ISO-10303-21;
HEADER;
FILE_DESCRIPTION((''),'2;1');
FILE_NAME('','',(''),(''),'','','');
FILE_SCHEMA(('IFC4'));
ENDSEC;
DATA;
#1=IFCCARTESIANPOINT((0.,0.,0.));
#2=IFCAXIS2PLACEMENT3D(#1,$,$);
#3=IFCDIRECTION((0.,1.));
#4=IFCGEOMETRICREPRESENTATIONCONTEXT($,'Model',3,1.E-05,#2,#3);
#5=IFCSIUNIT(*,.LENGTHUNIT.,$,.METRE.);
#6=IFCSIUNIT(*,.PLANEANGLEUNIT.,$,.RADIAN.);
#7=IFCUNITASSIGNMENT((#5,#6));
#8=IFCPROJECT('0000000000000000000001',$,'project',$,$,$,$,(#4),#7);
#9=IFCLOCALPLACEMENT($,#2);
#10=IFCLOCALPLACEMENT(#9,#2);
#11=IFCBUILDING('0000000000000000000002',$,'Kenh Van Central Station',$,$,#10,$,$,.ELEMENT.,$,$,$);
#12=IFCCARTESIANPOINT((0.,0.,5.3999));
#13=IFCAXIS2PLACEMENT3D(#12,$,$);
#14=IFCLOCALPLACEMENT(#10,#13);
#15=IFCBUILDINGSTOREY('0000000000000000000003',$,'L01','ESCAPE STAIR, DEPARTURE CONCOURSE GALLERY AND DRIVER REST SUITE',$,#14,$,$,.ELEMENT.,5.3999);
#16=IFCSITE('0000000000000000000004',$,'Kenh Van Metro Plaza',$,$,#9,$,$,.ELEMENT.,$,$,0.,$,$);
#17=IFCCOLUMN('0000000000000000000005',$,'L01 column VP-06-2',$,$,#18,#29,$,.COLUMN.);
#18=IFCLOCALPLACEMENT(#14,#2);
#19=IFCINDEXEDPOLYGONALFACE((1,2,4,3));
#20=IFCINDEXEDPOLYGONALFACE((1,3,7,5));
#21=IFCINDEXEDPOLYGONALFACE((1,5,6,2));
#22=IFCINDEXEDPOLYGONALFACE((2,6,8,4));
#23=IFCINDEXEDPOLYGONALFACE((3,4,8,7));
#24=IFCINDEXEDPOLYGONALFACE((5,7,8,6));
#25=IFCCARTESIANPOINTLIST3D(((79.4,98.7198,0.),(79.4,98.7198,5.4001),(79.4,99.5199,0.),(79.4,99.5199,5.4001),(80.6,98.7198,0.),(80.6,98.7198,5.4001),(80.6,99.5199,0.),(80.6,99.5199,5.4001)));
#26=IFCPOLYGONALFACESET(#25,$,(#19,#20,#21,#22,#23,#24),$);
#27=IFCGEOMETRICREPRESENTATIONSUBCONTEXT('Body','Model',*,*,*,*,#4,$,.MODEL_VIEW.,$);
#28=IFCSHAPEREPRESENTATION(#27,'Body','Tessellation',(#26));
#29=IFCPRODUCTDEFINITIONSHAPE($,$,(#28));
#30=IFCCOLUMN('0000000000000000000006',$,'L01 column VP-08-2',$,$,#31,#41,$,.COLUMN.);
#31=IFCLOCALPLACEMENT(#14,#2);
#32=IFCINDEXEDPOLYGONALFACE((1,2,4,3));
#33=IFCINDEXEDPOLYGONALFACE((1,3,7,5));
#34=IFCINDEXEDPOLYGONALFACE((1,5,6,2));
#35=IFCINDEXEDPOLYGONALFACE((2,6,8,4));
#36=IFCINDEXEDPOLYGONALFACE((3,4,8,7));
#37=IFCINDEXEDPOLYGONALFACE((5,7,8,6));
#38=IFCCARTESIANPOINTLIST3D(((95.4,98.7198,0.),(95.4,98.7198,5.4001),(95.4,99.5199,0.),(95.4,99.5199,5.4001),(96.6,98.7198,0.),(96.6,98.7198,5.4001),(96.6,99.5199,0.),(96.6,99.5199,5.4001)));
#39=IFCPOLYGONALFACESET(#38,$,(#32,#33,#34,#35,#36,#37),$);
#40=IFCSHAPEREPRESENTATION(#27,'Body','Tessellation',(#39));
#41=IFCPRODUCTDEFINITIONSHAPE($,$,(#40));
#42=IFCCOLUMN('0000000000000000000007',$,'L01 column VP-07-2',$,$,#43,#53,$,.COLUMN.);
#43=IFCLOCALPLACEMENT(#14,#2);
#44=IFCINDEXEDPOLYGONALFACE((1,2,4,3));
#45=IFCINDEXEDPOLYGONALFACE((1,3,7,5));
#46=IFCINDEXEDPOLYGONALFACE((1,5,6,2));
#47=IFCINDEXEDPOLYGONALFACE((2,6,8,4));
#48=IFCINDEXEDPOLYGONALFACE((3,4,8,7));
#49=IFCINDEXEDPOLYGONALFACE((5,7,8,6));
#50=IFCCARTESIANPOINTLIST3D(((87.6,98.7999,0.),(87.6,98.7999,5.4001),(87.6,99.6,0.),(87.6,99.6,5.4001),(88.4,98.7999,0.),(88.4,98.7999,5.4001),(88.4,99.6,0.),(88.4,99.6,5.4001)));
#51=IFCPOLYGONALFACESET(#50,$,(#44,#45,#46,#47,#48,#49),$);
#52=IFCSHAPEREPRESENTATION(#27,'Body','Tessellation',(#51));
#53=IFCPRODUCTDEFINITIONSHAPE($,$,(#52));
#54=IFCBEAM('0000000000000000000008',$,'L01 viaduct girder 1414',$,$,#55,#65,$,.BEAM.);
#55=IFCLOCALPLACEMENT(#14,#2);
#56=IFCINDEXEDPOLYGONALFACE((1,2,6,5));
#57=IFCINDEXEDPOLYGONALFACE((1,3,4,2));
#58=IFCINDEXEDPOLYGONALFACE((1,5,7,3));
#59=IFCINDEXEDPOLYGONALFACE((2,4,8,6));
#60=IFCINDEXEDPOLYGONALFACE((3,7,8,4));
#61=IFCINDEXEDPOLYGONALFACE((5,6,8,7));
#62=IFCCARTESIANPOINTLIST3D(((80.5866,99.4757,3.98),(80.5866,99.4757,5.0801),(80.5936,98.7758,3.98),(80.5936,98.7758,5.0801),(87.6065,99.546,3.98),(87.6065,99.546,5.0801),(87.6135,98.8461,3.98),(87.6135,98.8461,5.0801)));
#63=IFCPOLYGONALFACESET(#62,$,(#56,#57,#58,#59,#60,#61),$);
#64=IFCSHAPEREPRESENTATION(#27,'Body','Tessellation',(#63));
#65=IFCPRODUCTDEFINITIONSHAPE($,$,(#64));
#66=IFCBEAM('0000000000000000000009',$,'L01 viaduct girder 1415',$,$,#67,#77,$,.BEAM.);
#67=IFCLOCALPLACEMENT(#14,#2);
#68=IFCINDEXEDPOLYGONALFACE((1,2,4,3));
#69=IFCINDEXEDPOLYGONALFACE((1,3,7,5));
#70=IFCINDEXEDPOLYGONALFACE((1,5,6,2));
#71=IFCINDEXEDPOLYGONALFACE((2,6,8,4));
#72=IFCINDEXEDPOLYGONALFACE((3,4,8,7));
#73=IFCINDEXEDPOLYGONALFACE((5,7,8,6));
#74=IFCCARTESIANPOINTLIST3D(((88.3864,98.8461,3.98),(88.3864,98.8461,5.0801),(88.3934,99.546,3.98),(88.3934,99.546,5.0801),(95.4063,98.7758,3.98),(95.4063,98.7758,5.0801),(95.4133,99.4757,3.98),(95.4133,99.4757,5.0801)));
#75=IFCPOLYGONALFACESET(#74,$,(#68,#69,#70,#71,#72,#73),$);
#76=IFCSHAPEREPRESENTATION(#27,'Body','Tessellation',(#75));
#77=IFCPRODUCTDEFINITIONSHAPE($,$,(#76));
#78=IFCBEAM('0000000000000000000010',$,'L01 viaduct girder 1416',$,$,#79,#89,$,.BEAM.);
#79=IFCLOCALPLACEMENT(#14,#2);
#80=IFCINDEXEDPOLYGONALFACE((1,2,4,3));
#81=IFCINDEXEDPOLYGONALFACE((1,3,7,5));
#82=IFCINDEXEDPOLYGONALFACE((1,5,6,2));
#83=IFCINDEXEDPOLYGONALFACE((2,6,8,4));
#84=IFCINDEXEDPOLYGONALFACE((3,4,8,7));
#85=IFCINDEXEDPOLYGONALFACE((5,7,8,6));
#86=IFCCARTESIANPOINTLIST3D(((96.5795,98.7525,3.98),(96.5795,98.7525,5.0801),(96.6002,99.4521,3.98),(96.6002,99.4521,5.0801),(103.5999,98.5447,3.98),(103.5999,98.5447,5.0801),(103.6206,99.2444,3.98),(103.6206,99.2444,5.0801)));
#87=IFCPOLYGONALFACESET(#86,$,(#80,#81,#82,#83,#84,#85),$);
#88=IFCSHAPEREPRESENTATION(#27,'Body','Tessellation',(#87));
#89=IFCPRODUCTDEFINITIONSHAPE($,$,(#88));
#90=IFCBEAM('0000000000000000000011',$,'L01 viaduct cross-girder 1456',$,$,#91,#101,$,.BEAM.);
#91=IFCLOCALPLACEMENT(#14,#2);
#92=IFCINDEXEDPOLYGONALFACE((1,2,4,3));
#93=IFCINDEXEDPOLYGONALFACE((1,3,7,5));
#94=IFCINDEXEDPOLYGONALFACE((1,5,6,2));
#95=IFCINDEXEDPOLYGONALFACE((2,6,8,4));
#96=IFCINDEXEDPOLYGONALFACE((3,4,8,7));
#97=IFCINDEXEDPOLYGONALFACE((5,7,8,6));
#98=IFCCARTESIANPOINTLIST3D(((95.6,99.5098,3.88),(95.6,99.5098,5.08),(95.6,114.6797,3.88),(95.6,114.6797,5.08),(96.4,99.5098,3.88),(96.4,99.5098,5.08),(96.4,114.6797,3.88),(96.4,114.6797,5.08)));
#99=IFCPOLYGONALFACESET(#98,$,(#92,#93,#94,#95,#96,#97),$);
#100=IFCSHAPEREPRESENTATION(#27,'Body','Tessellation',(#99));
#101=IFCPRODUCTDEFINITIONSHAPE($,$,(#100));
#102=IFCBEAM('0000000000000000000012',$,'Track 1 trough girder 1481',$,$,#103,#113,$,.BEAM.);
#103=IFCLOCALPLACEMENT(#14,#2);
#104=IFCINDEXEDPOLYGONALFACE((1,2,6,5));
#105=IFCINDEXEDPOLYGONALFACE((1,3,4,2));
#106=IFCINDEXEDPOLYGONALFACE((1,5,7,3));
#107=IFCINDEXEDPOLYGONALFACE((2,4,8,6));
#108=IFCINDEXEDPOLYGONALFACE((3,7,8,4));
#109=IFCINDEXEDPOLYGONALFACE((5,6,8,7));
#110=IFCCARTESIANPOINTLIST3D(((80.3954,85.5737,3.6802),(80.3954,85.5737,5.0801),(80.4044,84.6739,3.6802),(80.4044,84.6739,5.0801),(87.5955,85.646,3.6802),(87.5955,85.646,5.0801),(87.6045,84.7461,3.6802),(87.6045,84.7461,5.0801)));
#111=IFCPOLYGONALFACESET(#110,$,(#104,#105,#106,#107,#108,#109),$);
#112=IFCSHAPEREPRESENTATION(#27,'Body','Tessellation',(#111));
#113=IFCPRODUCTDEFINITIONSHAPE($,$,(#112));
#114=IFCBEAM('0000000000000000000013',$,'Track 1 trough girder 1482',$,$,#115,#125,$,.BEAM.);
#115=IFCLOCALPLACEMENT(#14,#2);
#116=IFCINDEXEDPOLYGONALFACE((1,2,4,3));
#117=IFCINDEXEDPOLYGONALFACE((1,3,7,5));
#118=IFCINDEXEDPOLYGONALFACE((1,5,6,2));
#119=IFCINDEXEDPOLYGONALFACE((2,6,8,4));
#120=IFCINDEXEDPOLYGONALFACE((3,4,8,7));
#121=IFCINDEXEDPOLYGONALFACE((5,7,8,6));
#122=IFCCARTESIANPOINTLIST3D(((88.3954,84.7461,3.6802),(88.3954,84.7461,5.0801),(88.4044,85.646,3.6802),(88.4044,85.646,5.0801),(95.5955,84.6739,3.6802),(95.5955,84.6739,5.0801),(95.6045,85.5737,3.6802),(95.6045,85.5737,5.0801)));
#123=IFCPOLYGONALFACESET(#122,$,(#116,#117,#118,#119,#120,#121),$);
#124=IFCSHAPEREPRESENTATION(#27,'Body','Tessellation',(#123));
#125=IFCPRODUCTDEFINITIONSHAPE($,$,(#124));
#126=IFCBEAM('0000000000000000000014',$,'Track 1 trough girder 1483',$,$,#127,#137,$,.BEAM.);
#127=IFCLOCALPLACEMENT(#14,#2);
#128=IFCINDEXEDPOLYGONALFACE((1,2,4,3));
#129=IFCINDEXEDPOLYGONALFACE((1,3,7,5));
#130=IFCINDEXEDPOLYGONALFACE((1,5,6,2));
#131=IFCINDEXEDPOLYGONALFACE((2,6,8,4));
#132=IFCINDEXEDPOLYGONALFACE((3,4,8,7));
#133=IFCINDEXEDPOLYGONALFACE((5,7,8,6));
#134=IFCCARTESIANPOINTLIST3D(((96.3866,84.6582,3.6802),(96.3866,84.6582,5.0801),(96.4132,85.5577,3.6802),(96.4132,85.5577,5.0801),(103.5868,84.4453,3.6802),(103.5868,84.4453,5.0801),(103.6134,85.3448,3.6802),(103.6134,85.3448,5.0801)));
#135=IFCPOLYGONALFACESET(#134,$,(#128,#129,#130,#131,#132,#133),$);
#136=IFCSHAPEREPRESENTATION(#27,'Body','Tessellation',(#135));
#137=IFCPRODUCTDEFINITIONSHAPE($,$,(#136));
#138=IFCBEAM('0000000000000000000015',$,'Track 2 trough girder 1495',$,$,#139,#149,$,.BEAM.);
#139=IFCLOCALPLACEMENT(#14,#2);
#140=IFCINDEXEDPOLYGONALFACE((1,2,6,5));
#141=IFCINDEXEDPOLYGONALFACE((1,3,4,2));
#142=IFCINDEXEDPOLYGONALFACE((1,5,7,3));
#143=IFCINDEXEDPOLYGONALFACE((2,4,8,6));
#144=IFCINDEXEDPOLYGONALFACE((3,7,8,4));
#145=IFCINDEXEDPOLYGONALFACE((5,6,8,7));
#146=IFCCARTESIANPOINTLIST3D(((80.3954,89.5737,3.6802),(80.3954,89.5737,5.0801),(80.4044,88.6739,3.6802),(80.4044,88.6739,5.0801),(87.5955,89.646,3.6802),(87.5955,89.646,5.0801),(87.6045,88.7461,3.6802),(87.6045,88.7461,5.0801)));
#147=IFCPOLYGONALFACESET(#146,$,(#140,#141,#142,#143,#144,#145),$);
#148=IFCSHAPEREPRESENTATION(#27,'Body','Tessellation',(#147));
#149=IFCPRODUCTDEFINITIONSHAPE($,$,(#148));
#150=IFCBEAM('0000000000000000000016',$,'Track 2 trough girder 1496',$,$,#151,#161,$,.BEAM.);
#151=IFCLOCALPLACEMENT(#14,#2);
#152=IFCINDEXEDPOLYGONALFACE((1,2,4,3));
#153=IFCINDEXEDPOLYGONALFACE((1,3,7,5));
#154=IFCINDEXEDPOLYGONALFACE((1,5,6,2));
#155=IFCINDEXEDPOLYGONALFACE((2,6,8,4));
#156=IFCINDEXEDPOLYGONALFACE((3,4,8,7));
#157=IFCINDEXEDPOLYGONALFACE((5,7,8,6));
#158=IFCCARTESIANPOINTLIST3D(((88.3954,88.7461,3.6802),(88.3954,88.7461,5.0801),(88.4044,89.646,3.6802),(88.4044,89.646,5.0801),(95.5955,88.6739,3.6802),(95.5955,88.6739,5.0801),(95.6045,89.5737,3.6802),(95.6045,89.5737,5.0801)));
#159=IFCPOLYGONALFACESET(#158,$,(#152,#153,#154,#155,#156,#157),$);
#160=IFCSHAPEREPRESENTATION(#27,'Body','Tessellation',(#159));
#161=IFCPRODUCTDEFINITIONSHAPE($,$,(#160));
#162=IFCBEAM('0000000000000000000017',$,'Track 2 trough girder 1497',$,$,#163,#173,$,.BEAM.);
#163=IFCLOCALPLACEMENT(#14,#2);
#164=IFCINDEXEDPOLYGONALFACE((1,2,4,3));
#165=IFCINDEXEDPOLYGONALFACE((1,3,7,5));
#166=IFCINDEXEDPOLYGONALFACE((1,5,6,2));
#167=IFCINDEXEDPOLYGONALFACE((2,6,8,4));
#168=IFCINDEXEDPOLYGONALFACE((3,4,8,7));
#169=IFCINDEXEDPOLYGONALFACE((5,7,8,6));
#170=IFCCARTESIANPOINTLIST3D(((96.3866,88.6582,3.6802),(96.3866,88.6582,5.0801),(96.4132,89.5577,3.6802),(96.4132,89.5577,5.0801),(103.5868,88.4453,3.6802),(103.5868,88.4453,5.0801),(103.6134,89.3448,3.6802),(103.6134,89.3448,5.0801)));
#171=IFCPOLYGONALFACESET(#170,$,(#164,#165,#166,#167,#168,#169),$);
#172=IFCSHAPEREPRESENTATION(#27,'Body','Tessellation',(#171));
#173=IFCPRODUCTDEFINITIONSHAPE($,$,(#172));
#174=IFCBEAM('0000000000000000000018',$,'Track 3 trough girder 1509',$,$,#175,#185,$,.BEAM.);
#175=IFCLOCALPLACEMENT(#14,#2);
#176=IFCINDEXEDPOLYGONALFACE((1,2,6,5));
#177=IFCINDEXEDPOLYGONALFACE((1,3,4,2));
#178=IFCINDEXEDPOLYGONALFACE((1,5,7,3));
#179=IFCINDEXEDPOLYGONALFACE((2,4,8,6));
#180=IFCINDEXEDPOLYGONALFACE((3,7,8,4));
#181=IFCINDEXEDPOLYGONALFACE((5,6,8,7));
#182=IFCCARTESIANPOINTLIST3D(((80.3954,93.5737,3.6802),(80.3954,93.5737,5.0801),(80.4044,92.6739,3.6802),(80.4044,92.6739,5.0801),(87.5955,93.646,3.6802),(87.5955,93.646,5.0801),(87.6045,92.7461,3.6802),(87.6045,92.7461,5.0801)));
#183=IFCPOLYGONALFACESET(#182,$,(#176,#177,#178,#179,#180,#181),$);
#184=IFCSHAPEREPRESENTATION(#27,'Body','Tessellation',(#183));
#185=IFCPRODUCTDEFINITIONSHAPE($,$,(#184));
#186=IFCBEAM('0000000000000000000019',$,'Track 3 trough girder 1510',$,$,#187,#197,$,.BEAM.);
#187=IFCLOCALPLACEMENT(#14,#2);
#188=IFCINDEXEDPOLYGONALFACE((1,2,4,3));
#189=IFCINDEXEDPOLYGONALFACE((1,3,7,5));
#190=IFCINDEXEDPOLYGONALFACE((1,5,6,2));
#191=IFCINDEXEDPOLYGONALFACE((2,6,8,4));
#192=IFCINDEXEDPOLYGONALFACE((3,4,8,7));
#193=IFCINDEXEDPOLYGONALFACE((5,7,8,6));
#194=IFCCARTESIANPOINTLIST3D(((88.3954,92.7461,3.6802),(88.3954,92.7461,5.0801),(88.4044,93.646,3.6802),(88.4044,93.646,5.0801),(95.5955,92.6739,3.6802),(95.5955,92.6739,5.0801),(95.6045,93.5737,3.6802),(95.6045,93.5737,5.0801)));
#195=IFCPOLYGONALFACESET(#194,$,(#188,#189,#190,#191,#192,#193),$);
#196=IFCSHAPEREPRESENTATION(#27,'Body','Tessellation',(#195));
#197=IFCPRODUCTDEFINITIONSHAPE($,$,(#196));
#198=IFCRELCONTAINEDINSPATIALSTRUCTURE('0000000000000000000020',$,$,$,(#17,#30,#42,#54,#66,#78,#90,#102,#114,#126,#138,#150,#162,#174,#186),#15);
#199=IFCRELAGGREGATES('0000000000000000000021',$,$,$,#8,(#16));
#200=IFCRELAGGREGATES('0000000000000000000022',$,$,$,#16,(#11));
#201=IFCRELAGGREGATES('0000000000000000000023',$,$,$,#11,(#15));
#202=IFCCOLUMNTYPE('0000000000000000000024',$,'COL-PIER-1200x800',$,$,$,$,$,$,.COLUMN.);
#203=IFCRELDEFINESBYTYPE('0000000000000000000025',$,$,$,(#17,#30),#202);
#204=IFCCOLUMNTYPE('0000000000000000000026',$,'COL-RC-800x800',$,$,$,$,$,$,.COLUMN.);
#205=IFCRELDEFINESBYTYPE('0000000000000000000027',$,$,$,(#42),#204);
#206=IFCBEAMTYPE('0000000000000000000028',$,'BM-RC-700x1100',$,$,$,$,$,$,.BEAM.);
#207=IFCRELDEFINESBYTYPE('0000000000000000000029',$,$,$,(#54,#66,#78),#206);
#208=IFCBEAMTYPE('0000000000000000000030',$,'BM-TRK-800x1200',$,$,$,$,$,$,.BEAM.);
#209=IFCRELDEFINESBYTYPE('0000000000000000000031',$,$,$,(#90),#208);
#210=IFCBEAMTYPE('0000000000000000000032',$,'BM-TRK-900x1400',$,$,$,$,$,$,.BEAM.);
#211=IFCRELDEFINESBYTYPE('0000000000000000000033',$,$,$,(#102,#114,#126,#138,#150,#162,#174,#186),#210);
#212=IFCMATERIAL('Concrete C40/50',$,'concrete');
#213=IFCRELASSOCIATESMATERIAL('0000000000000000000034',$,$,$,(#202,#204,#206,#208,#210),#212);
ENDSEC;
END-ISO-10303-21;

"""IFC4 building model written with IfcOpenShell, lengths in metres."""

from ifc_helpers import new_model, si_unit, direction, frame, origin, origin_2d, place, context, subcontext, project, spatial, rectangle, extrude, material, material_profile, profile_set, type_object, element, save


model = new_model("IFC4")

# Units and contexts
model_context = context("Model", 3, precision=1e-05, world=origin(), true_north=direction((0.0, 1.0)))
body_context = subcontext(model_context, "Body", "Model", "MODEL_VIEW")
ifc_project = project(units=[si_unit("LENGTHUNIT", "METRE"), si_unit("PLANEANGLEUNIT", "RADIAN")], contexts=[model_context])

# Site, building, storey
site_placement = place(None, origin())
site = spatial("IfcSite", under=ifc_project, at=site_placement, Name="Kenh Van Metro Plaza", CompositionType="ELEMENT", RefElevation=0.0)
building_placement = place(site_placement, origin())
building = spatial("IfcBuilding", under=site, at=building_placement, Name="Kenh Van Central Station", CompositionType="ELEMENT")
storey_placement = place(building_placement, frame((0.0, 0.0, 5.3999)))
storey = spatial("IfcBuildingStorey", under=building, at=storey_placement, Name="L01", Description="ESCAPE STAIR, DEPARTURE CONCOURSE GALLERY AND DRIVER REST SUITE", CompositionType="ELEMENT", Elevation=5.3999)

# Columns
ifc_material_1 = material(Name="Concrete C40/50", Category="concrete")
ifc_material_profile_1 = material_profile(ifc_material_1, rectangle(XDim=1.2, YDim=0.8, at=origin_2d()), Name="RC 1200x800")
ifc_profile_set_1 = profile_set([ifc_material_profile_1], Name="Concrete C40/50")
column_type_1 = type_object("IfcColumnType", Name="COL-PIER-1200x800", PredefinedType="COLUMN", material=ifc_profile_set_1)
for number, where, z_axis, x_axis, name in (
    (1, (80.0, 99.1199, 0.0), (0.0, 0.0, 1.0), (1.0, 0.0, 0.0), "L01 column VP-06-2"),
    (2, (96.0, 99.1199, 0.0), (0.0, 0.0, 1.0), (1.0, 0.0, 0.0), "L01 column VP-08-2"),
):
    element("IfcColumn", number, at=place(storey_placement, frame(where, z_axis=z_axis, x_axis=x_axis)), inside=storey, type_object=column_type_1, Name=name, PredefinedType="COLUMN", context=body_context, shape_type="SweptSolid", body=[
        extrude(rectangle(XDim=1.2, YDim=0.8, at=origin_2d()), origin(), (0.0, 0.0, 1.0), 5.4001),
    ])
ifc_material_profile_2 = material_profile(ifc_material_1, rectangle(XDim=0.8, YDim=0.8, at=origin_2d()), Name="RC 800x800")
ifc_profile_set_2 = profile_set([ifc_material_profile_2], Name="Concrete C40/50")
column_type_2 = type_object("IfcColumnType", Name="COL-RC-800x800", PredefinedType="COLUMN", material=ifc_profile_set_2)
column_placement = place(storey_placement, frame((88.0, 99.2, 0.0), z_axis=(0.0, 0.0, 1.0), x_axis=(1.0, 0.0, 0.0)))
element("IfcColumn", 3, at=column_placement, inside=storey, type_object=column_type_2, Name="L01 column VP-07-2", PredefinedType="COLUMN", context=body_context, shape_type="SweptSolid", body=[
    extrude(rectangle(XDim=0.8, YDim=0.8, at=origin_2d()), origin(), (0.0, 0.0, 1.0), 5.4001),
])

# Beams
ifc_material_profile_3 = material_profile(ifc_material_1, rectangle(XDim=0.7, YDim=1.1001, at=origin_2d()), Name="RC 700x1100")
ifc_profile_set_3 = profile_set([ifc_material_profile_3], Name="Concrete C40/50")
beam_type_1 = type_object("IfcBeamType", Name="BM-RC-700x1100", PredefinedType="BEAM", material=ifc_profile_set_3)
for number, where, z_axis, x_axis, name in (
    (4, (80.5901, 99.1257, 4.53), (0.99995, 0.010015, 0.0), (-0.010015, 0.99995, 0.0), "L01 viaduct girder 1414"),
    (5, (88.3899, 99.196, 4.53), (0.99995, -0.010015, 0.0), (0.010015, 0.99995, 0.0), "L01 viaduct girder 1415"),
):
    element("IfcBeam", number, at=place(storey_placement, frame(where, z_axis=z_axis, x_axis=x_axis)), inside=storey, type_object=beam_type_1, Name=name, PredefinedType="BEAM", context=body_context, shape_type="SweptSolid", body=[
        extrude(rectangle(XDim=0.7, YDim=1.1001, at=origin_2d()), origin(), (0.0, 0.0, 1.0), 7.0203),
    ])
beam_1_placement = place(storey_placement, frame((96.5898, 99.1023, 4.53), z_axis=(0.999562, -0.029582, 0.0), x_axis=(0.029582, 0.999562, 0.0)))
element("IfcBeam", 6, at=beam_1_placement, inside=storey, type_object=beam_type_1, Name="L01 viaduct girder 1416", PredefinedType="BEAM", context=body_context, shape_type="SweptSolid", body=[
    extrude(rectangle(XDim=0.7, YDim=1.1001, at=origin_2d()), origin(), (0.0, 0.0, 1.0), 7.0234),
])
ifc_material_profile_4 = material_profile(ifc_material_1, rectangle(XDim=0.8, YDim=1.2, at=origin_2d()), Name="RC 800x1200")
ifc_profile_set_4 = profile_set([ifc_material_profile_4], Name="Concrete C40/50")
beam_type_2 = type_object("IfcBeamType", Name="BM-TRK-800x1200", PredefinedType="BEAM", material=ifc_profile_set_4)
beam_2_placement = place(storey_placement, frame((96.0, 99.5098, 4.48), z_axis=(0.0, 1.0, 0.0), x_axis=(-1.0, 0.0, 0.0)))
element("IfcBeam", 7, at=beam_2_placement, inside=storey, type_object=beam_type_2, Name="L01 viaduct cross-girder 1456", PredefinedType="BEAM", context=body_context, shape_type="SweptSolid", body=[
    extrude(rectangle(XDim=0.8, YDim=1.2, at=origin_2d()), origin(), (0.0, 0.0, 1.0), 15.1699),
])
ifc_material_profile_5 = material_profile(ifc_material_1, rectangle(XDim=0.8999, YDim=1.3999, at=origin_2d()), Name="RC 900x1400")
ifc_profile_set_5 = profile_set([ifc_material_profile_5], Name="Concrete C40/50")
beam_type_3 = type_object("IfcBeamType", Name="BM-TRK-900x1400", PredefinedType="BEAM", material=ifc_profile_set_5)
for number, where, z_axis, x_axis, name in (
    (8, (80.3999, 85.1238, 4.3801), (0.99995, 0.010036, 0.0), (-0.010036, 0.99995, 0.0), "Track 1 trough girder 1481"),
    (9, (88.3999, 85.196, 4.3801), (0.99995, -0.010036, 0.0), (0.010036, 0.99995, 0.0), "Track 1 trough girder 1482"),
):
    element("IfcBeam", number, at=place(storey_placement, frame(where, z_axis=z_axis, x_axis=x_axis)), inside=storey, type_object=beam_type_3, Name=name, PredefinedType="BEAM", context=body_context, shape_type="SweptSolid", body=[
        extrude(rectangle(XDim=0.8999, YDim=1.3999, at=origin_2d()), origin(), (0.0, 0.0, 1.0), 7.2004),
    ])
beam_3_placement = place(storey_placement, frame((96.3999, 85.1079, 4.3801), z_axis=(0.999563, -0.029554, 0.0), x_axis=(0.029554, 0.999563, 0.0)))
element("IfcBeam", 10, at=beam_3_placement, inside=storey, type_object=beam_type_3, Name="Track 1 trough girder 1483", PredefinedType="BEAM", context=body_context, shape_type="SweptSolid", body=[
    extrude(rectangle(XDim=0.8999, YDim=1.3999, at=origin_2d()), origin(), (0.0, 0.0, 1.0), 7.2034),
])
for number, where, z_axis, x_axis, name in (
    (11, (80.3999, 89.1238, 4.3801), (0.99995, 0.010036, 0.0), (-0.010036, 0.99995, 0.0), "Track 2 trough girder 1495"),
    (12, (88.3999, 89.196, 4.3801), (0.99995, -0.010036, 0.0), (0.010036, 0.99995, 0.0), "Track 2 trough girder 1496"),
):
    element("IfcBeam", number, at=place(storey_placement, frame(where, z_axis=z_axis, x_axis=x_axis)), inside=storey, type_object=beam_type_3, Name=name, PredefinedType="BEAM", context=body_context, shape_type="SweptSolid", body=[
        extrude(rectangle(XDim=0.8999, YDim=1.3999, at=origin_2d()), origin(), (0.0, 0.0, 1.0), 7.2004),
    ])
beam_4_placement = place(storey_placement, frame((96.3999, 89.1079, 4.3801), z_axis=(0.999563, -0.029554, 0.0), x_axis=(0.029554, 0.999563, 0.0)))
element("IfcBeam", 13, at=beam_4_placement, inside=storey, type_object=beam_type_3, Name="Track 2 trough girder 1497", PredefinedType="BEAM", context=body_context, shape_type="SweptSolid", body=[
    extrude(rectangle(XDim=0.8999, YDim=1.3999, at=origin_2d()), origin(), (0.0, 0.0, 1.0), 7.2034),
])
for number, where, z_axis, x_axis, name in (
    (14, (80.3999, 93.1238, 4.3801), (0.99995, 0.010036, 0.0), (-0.010036, 0.99995, 0.0), "Track 3 trough girder 1509"),
    (15, (88.3999, 93.196, 4.3801), (0.99995, -0.010036, 0.0), (0.010036, 0.99995, 0.0), "Track 3 trough girder 1510"),
):
    element("IfcBeam", number, at=place(storey_placement, frame(where, z_axis=z_axis, x_axis=x_axis)), inside=storey, type_object=beam_type_3, Name=name, PredefinedType="BEAM", context=body_context, shape_type="SweptSolid", body=[
        extrude(rectangle(XDim=0.8999, YDim=1.3999, at=origin_2d()), origin(), (0.0, 0.0, 1.0), 7.2004),
    ])

save(model, "model.ifc")
